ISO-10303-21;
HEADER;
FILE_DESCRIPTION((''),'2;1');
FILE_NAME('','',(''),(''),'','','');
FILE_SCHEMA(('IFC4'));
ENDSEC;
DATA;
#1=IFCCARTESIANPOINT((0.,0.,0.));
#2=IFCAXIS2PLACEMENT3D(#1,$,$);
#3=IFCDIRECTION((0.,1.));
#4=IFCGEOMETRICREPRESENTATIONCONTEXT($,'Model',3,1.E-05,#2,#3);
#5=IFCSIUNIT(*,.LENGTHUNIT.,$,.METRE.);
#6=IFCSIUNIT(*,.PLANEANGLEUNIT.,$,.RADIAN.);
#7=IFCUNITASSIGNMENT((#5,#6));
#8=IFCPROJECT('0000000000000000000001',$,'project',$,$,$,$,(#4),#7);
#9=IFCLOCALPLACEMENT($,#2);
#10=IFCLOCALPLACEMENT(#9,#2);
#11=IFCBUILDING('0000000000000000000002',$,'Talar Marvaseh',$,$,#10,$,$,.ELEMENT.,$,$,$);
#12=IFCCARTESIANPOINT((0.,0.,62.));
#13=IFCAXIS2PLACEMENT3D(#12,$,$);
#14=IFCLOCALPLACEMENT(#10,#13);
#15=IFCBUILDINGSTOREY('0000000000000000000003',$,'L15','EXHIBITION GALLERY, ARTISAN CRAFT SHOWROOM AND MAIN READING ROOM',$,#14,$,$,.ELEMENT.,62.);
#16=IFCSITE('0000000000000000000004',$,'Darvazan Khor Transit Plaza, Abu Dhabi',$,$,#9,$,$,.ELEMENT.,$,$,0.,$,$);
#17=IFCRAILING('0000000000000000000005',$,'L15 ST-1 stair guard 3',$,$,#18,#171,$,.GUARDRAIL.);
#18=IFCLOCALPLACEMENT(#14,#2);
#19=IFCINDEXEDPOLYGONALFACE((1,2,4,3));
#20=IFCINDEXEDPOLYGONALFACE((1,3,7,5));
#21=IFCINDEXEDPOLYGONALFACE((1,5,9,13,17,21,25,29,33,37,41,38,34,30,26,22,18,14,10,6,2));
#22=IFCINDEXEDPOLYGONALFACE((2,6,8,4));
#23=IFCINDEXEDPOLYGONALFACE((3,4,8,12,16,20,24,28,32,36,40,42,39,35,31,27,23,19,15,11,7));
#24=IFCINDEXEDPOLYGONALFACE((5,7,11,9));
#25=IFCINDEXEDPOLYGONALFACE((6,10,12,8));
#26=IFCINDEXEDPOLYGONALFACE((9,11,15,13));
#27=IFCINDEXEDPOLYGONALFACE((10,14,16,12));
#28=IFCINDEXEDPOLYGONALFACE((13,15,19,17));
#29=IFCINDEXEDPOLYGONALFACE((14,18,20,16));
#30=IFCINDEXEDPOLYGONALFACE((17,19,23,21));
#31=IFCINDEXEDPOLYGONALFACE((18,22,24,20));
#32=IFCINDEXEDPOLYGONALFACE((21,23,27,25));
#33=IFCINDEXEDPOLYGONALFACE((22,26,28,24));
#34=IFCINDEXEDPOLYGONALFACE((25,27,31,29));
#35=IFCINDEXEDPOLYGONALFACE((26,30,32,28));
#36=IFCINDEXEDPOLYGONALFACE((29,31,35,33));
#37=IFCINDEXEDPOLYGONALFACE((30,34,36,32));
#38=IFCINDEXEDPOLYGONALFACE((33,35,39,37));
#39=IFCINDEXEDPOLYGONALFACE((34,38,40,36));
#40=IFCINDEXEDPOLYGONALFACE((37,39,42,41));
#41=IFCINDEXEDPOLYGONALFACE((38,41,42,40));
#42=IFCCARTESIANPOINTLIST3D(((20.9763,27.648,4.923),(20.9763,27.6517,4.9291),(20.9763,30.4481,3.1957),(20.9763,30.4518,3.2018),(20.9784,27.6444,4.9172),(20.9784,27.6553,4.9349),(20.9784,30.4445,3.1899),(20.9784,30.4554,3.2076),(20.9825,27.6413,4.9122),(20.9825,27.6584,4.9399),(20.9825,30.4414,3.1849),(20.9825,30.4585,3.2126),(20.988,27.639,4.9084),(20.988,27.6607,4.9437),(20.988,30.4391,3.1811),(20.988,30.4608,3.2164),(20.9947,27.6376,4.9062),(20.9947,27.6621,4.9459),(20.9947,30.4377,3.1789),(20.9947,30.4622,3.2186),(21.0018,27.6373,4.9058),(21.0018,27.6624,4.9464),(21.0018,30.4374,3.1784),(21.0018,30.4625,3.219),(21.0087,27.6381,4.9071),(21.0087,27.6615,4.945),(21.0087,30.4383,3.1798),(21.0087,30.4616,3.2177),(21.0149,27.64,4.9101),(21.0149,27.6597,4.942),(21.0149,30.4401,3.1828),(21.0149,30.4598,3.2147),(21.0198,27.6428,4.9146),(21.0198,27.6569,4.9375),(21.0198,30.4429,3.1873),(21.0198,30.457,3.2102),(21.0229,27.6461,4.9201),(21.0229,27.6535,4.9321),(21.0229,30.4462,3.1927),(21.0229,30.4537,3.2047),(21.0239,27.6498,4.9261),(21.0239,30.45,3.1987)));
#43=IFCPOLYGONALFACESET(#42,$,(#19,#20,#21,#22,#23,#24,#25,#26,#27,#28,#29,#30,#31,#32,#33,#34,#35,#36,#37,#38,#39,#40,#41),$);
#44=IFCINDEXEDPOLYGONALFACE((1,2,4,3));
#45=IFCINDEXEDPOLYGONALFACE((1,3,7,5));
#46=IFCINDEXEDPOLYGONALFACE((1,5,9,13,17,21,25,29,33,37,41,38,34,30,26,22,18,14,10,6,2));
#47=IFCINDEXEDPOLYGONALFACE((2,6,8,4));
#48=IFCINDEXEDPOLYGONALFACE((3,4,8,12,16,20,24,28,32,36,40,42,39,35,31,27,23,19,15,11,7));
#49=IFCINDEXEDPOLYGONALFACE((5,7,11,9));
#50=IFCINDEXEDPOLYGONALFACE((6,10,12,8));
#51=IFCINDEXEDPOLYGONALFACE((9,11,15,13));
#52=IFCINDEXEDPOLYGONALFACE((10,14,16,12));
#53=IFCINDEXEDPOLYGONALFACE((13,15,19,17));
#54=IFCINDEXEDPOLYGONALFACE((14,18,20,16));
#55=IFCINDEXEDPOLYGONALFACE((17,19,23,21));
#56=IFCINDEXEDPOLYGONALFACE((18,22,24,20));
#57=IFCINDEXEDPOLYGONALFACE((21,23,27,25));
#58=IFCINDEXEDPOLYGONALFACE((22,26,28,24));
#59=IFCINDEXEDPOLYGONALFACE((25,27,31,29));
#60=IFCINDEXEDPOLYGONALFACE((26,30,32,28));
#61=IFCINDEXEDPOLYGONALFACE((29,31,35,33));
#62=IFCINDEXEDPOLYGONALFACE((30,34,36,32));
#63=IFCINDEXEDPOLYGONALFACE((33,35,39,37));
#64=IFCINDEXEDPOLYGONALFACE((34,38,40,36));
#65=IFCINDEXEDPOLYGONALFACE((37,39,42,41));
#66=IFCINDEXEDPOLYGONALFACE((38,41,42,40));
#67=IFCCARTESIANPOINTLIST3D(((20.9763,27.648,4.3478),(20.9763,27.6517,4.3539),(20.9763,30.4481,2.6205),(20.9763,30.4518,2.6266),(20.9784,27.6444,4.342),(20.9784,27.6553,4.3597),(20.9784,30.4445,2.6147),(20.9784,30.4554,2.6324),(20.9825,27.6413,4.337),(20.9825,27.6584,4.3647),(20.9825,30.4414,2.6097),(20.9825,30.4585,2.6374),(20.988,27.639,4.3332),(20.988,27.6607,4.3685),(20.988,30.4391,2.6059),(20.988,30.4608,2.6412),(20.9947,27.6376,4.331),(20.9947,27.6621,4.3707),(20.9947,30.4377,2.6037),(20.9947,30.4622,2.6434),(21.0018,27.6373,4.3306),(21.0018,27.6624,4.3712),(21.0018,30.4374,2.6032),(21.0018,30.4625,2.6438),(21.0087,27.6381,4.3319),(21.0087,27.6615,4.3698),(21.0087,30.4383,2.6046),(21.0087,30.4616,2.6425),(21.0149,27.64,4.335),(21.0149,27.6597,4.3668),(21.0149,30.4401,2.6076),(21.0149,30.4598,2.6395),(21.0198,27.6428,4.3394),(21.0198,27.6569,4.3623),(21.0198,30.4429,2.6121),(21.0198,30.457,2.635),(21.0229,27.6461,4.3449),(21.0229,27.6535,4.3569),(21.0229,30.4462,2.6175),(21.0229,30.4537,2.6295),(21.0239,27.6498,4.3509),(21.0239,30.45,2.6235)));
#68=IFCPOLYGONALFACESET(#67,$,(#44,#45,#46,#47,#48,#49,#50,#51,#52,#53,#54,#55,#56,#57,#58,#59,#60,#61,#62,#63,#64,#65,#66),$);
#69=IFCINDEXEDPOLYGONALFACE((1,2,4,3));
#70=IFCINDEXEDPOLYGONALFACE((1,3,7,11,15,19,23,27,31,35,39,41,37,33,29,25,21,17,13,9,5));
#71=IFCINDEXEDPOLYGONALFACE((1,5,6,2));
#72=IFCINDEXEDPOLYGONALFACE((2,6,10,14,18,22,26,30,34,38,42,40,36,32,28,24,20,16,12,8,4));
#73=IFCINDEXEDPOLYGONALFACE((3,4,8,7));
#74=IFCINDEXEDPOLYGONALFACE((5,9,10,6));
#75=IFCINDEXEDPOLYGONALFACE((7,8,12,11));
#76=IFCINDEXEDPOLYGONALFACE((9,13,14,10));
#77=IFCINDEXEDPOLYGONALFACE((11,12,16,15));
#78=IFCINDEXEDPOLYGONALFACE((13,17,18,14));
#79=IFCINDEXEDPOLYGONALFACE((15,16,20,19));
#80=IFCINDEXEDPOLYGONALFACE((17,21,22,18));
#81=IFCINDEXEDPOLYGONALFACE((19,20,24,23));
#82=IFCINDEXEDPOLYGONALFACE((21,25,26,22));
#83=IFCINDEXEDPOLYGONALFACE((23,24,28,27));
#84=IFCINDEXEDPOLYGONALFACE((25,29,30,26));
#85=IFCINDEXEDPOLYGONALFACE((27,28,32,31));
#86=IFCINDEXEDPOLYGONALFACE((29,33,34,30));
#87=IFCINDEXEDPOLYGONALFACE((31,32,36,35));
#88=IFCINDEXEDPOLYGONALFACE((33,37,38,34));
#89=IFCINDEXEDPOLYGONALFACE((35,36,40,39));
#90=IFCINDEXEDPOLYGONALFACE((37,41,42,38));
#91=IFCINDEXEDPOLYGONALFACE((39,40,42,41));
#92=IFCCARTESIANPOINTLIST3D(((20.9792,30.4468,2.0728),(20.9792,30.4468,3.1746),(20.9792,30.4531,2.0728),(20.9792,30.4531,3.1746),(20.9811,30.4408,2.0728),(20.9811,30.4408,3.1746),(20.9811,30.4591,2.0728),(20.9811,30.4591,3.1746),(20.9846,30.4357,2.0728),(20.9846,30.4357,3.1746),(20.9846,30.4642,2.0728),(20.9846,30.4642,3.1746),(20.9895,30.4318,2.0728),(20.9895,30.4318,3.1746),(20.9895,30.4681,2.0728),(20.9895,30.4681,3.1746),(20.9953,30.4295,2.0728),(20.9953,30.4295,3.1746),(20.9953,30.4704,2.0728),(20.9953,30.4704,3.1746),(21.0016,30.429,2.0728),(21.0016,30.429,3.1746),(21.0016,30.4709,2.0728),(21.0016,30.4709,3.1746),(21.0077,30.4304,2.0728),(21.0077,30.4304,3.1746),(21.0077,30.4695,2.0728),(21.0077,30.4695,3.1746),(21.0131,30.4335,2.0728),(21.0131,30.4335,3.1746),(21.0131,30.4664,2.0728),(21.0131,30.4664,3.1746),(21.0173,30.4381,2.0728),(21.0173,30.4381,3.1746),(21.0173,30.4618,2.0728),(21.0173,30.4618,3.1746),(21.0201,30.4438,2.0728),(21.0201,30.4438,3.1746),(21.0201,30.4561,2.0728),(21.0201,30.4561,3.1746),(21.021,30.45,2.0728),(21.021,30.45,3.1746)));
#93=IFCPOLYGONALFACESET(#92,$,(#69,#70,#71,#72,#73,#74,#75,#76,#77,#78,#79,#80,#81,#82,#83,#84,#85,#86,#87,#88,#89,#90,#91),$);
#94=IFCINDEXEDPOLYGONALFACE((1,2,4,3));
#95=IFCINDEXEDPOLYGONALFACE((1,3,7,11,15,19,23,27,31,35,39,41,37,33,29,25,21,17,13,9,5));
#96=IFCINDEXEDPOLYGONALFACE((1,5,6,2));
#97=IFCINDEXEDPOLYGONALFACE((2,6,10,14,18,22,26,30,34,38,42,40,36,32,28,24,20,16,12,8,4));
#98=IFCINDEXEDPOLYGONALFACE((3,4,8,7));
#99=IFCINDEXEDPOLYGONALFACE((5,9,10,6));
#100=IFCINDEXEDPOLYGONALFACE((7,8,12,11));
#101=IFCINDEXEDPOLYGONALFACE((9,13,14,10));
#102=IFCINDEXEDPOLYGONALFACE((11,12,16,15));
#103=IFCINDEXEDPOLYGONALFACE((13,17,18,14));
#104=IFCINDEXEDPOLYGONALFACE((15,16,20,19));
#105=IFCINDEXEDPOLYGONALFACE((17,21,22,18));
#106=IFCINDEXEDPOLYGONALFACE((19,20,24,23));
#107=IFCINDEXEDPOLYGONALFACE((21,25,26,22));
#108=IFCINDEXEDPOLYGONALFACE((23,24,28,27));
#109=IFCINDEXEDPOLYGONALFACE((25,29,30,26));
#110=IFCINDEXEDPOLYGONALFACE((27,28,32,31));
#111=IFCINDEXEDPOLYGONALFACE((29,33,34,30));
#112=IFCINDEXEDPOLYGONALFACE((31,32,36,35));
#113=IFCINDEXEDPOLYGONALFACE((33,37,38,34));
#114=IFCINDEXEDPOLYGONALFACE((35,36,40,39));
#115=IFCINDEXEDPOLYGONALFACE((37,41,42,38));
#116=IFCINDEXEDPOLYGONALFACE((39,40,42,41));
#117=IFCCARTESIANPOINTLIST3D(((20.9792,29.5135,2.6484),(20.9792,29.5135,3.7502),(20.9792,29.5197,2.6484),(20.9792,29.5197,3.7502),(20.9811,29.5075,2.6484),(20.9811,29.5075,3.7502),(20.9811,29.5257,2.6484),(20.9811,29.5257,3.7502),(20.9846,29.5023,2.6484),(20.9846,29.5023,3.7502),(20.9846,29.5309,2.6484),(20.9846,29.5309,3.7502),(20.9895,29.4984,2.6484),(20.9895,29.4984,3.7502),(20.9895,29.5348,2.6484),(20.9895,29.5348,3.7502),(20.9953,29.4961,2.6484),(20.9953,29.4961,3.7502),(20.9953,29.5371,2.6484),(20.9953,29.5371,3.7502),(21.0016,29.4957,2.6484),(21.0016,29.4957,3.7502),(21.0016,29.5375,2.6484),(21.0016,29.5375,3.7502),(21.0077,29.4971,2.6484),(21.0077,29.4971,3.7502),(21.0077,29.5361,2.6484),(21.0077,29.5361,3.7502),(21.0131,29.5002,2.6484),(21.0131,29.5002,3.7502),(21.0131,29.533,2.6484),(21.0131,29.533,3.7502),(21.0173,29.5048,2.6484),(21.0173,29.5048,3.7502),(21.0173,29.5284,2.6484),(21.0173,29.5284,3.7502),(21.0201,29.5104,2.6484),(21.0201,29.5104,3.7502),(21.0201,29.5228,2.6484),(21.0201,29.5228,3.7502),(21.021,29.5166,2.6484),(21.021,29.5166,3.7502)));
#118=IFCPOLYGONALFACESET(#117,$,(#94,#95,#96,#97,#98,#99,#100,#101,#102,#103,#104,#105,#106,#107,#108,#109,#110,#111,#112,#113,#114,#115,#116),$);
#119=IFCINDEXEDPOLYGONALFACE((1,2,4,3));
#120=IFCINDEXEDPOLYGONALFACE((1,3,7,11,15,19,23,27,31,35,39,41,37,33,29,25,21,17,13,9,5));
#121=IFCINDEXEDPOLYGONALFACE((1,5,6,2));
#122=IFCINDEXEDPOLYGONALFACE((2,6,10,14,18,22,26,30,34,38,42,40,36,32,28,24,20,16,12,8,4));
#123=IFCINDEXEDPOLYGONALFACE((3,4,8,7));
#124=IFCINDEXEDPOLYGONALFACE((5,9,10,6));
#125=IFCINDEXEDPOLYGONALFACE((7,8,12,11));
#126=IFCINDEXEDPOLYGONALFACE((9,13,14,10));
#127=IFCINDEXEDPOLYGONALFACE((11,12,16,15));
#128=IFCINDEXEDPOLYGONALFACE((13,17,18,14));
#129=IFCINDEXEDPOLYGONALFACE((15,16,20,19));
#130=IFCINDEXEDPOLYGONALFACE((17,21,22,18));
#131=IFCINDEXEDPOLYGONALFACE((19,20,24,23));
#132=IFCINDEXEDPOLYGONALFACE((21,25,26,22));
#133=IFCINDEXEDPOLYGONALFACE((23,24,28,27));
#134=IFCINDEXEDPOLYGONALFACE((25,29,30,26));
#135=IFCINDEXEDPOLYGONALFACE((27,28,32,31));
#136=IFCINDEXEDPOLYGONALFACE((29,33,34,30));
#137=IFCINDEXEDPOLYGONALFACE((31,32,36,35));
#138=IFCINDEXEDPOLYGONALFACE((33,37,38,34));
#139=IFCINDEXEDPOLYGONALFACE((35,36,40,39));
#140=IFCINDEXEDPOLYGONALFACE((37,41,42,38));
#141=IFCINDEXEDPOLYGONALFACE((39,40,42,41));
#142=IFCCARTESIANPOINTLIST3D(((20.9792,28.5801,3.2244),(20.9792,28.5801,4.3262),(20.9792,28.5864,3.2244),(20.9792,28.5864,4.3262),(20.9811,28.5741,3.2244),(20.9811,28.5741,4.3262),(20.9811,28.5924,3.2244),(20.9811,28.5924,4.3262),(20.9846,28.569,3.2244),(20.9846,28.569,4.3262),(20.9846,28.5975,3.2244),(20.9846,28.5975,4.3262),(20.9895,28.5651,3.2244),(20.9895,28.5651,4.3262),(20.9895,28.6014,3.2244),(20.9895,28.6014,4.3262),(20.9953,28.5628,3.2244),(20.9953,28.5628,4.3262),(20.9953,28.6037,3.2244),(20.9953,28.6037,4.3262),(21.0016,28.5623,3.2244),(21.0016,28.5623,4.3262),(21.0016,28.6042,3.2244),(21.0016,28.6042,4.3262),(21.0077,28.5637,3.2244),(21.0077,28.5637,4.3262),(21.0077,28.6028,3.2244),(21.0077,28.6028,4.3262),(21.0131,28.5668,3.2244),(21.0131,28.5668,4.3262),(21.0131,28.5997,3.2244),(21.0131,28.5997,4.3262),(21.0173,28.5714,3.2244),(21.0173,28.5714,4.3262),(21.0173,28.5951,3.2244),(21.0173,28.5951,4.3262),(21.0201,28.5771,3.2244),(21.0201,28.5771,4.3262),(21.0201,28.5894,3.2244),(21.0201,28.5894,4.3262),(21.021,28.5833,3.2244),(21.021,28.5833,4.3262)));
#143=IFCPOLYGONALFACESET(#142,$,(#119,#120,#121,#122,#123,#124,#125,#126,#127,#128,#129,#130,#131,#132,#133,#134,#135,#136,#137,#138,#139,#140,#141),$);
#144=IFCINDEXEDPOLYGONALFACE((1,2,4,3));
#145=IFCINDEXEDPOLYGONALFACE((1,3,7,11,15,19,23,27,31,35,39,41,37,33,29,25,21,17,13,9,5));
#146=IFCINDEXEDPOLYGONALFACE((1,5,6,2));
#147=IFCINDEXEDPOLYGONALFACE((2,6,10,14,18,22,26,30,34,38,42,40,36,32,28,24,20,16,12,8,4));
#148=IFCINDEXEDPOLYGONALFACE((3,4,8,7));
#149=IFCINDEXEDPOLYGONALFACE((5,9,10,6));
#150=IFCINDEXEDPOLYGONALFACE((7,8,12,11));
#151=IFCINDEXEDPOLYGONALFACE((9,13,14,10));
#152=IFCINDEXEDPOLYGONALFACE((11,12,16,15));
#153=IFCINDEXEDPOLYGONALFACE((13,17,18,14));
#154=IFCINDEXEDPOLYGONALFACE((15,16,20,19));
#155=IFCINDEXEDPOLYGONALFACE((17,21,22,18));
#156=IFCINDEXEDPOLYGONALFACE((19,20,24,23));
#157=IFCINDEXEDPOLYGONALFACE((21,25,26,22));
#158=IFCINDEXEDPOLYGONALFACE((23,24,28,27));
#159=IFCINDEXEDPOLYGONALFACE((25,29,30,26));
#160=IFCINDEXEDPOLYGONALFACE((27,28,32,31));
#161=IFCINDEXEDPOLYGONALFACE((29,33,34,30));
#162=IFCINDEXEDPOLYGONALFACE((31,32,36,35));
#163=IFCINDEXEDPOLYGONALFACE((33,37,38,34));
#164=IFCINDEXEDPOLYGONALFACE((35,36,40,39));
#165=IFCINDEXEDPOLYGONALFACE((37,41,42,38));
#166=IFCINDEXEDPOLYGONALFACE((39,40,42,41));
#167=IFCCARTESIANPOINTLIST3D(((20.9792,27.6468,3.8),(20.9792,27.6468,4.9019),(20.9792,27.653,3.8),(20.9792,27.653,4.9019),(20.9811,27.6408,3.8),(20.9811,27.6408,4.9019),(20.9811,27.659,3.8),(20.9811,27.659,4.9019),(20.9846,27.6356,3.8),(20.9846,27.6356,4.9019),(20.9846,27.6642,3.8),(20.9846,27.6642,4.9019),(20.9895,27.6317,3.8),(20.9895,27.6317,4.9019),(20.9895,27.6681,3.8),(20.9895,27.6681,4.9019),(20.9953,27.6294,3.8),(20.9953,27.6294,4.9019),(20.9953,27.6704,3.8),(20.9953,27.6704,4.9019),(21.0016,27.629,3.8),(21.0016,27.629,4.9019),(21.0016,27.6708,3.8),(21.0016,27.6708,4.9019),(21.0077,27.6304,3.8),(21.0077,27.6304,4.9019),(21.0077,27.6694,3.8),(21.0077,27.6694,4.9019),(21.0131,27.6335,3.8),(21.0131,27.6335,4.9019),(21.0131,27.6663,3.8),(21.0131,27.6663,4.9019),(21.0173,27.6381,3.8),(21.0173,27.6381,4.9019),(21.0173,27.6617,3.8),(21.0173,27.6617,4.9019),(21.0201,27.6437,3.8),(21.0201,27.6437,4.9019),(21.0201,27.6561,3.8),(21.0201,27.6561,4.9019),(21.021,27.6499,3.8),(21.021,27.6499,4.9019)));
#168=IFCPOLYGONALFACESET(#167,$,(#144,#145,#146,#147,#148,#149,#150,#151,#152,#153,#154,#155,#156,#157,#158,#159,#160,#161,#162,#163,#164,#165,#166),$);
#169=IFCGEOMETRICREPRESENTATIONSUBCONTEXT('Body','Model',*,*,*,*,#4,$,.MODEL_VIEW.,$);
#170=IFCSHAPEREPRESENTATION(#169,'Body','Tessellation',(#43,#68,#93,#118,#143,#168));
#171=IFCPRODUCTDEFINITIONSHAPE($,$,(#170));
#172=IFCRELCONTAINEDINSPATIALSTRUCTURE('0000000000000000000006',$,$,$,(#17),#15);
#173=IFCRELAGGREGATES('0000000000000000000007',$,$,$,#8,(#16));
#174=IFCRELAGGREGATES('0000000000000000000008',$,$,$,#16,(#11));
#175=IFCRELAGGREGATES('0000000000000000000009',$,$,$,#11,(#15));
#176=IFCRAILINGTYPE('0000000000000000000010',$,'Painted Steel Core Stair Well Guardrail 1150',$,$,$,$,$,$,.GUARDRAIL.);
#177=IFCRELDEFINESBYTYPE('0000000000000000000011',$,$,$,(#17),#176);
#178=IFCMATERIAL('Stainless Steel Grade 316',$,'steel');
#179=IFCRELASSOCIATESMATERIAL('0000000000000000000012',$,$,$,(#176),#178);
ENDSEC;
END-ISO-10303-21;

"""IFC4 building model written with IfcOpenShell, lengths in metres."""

from ifc_helpers import new_model, si_unit, direction, frame, origin, origin_2d, place, context, subcontext, project, spatial, circle, extrude, material, type_object, element, save


model = new_model("IFC4")

# Units and contexts
model_context = context("Model", 3, precision=1e-05, world=origin(), true_north=direction((0.0, 1.0)))
body_context = subcontext(model_context, "Body", "Model", "MODEL_VIEW")
ifc_project = project(units=[si_unit("LENGTHUNIT", "METRE"), si_unit("PLANEANGLEUNIT", "RADIAN")], contexts=[model_context])

# Site, building, storey
site_placement = place(None, origin())
site = spatial("IfcSite", under=ifc_project, at=site_placement, Name="Darvazan Khor Transit Plaza, Abu Dhabi", CompositionType="ELEMENT", RefElevation=0.0)
building_placement = place(site_placement, origin())
building = spatial("IfcBuilding", under=site, at=building_placement, Name="Talar Marvaseh", CompositionType="ELEMENT")
storey_placement = place(building_placement, frame((0.0, 0.0, 62.0)))
storey = spatial("IfcBuildingStorey", under=building, at=storey_placement, Name="L15", Description="EXHIBITION GALLERY, ARTISAN CRAFT SHOWROOM AND MAIN READING ROOM", CompositionType="ELEMENT", Elevation=62.0)

# Railing
ifc_material_1 = material(Name="Stainless Steel Grade 316", Category="steel")
railing_type_1 = type_object("IfcRailingType", Name="Painted Steel Core Stair Well Guardrail 1150", PredefinedType="GUARDRAIL", material=ifc_material_1)
railing_1_placement = place(storey_placement, frame((21.0, 30.45, 2.0728)))
element("IfcRailing", 1, at=railing_1_placement, inside=storey, type_object=railing_type_1, Name="L15 ST-1 stair guard 3", PredefinedType="GUARDRAIL", context=body_context, shape_type="SweptSolid", body=[
    extrude(circle(Radius=0.0239, at=origin_2d()), frame((0.0, 0.0, 1.126), z_axis=(0.0, -0.85109, 0.52502), x_axis=(1.0, 0.0, 0.0)), (0.0, 0.0, 1.0), 3.29),
    extrude(circle(Radius=0.0239, at=origin_2d()), frame((0.0, 0.0, 0.5508), z_axis=(0.0, -0.85109, 0.52502), x_axis=(1.0, 0.0, 0.0)), (0.0, 0.0, 1.0), 3.29),
    extrude(circle(Radius=0.021, at=origin_2d()), origin(), (0.0, 0.0, 1.0), 1.1018),
    extrude(circle(Radius=0.021, at=origin_2d()), frame((0.0, -0.9333, 0.5757)), (0.0, 0.0, 1.0), 1.1018),
    extrude(circle(Radius=0.021, at=origin_2d()), frame((0.0, -1.8667, 1.1516)), (0.0, 0.0, 1.0), 1.1018),
    extrude(circle(Radius=0.021, at=origin_2d()), frame((0.0, -2.8, 1.7273)), (0.0, 0.0, 1.0), 1.1018),
])

save(model, "model.ifc")
